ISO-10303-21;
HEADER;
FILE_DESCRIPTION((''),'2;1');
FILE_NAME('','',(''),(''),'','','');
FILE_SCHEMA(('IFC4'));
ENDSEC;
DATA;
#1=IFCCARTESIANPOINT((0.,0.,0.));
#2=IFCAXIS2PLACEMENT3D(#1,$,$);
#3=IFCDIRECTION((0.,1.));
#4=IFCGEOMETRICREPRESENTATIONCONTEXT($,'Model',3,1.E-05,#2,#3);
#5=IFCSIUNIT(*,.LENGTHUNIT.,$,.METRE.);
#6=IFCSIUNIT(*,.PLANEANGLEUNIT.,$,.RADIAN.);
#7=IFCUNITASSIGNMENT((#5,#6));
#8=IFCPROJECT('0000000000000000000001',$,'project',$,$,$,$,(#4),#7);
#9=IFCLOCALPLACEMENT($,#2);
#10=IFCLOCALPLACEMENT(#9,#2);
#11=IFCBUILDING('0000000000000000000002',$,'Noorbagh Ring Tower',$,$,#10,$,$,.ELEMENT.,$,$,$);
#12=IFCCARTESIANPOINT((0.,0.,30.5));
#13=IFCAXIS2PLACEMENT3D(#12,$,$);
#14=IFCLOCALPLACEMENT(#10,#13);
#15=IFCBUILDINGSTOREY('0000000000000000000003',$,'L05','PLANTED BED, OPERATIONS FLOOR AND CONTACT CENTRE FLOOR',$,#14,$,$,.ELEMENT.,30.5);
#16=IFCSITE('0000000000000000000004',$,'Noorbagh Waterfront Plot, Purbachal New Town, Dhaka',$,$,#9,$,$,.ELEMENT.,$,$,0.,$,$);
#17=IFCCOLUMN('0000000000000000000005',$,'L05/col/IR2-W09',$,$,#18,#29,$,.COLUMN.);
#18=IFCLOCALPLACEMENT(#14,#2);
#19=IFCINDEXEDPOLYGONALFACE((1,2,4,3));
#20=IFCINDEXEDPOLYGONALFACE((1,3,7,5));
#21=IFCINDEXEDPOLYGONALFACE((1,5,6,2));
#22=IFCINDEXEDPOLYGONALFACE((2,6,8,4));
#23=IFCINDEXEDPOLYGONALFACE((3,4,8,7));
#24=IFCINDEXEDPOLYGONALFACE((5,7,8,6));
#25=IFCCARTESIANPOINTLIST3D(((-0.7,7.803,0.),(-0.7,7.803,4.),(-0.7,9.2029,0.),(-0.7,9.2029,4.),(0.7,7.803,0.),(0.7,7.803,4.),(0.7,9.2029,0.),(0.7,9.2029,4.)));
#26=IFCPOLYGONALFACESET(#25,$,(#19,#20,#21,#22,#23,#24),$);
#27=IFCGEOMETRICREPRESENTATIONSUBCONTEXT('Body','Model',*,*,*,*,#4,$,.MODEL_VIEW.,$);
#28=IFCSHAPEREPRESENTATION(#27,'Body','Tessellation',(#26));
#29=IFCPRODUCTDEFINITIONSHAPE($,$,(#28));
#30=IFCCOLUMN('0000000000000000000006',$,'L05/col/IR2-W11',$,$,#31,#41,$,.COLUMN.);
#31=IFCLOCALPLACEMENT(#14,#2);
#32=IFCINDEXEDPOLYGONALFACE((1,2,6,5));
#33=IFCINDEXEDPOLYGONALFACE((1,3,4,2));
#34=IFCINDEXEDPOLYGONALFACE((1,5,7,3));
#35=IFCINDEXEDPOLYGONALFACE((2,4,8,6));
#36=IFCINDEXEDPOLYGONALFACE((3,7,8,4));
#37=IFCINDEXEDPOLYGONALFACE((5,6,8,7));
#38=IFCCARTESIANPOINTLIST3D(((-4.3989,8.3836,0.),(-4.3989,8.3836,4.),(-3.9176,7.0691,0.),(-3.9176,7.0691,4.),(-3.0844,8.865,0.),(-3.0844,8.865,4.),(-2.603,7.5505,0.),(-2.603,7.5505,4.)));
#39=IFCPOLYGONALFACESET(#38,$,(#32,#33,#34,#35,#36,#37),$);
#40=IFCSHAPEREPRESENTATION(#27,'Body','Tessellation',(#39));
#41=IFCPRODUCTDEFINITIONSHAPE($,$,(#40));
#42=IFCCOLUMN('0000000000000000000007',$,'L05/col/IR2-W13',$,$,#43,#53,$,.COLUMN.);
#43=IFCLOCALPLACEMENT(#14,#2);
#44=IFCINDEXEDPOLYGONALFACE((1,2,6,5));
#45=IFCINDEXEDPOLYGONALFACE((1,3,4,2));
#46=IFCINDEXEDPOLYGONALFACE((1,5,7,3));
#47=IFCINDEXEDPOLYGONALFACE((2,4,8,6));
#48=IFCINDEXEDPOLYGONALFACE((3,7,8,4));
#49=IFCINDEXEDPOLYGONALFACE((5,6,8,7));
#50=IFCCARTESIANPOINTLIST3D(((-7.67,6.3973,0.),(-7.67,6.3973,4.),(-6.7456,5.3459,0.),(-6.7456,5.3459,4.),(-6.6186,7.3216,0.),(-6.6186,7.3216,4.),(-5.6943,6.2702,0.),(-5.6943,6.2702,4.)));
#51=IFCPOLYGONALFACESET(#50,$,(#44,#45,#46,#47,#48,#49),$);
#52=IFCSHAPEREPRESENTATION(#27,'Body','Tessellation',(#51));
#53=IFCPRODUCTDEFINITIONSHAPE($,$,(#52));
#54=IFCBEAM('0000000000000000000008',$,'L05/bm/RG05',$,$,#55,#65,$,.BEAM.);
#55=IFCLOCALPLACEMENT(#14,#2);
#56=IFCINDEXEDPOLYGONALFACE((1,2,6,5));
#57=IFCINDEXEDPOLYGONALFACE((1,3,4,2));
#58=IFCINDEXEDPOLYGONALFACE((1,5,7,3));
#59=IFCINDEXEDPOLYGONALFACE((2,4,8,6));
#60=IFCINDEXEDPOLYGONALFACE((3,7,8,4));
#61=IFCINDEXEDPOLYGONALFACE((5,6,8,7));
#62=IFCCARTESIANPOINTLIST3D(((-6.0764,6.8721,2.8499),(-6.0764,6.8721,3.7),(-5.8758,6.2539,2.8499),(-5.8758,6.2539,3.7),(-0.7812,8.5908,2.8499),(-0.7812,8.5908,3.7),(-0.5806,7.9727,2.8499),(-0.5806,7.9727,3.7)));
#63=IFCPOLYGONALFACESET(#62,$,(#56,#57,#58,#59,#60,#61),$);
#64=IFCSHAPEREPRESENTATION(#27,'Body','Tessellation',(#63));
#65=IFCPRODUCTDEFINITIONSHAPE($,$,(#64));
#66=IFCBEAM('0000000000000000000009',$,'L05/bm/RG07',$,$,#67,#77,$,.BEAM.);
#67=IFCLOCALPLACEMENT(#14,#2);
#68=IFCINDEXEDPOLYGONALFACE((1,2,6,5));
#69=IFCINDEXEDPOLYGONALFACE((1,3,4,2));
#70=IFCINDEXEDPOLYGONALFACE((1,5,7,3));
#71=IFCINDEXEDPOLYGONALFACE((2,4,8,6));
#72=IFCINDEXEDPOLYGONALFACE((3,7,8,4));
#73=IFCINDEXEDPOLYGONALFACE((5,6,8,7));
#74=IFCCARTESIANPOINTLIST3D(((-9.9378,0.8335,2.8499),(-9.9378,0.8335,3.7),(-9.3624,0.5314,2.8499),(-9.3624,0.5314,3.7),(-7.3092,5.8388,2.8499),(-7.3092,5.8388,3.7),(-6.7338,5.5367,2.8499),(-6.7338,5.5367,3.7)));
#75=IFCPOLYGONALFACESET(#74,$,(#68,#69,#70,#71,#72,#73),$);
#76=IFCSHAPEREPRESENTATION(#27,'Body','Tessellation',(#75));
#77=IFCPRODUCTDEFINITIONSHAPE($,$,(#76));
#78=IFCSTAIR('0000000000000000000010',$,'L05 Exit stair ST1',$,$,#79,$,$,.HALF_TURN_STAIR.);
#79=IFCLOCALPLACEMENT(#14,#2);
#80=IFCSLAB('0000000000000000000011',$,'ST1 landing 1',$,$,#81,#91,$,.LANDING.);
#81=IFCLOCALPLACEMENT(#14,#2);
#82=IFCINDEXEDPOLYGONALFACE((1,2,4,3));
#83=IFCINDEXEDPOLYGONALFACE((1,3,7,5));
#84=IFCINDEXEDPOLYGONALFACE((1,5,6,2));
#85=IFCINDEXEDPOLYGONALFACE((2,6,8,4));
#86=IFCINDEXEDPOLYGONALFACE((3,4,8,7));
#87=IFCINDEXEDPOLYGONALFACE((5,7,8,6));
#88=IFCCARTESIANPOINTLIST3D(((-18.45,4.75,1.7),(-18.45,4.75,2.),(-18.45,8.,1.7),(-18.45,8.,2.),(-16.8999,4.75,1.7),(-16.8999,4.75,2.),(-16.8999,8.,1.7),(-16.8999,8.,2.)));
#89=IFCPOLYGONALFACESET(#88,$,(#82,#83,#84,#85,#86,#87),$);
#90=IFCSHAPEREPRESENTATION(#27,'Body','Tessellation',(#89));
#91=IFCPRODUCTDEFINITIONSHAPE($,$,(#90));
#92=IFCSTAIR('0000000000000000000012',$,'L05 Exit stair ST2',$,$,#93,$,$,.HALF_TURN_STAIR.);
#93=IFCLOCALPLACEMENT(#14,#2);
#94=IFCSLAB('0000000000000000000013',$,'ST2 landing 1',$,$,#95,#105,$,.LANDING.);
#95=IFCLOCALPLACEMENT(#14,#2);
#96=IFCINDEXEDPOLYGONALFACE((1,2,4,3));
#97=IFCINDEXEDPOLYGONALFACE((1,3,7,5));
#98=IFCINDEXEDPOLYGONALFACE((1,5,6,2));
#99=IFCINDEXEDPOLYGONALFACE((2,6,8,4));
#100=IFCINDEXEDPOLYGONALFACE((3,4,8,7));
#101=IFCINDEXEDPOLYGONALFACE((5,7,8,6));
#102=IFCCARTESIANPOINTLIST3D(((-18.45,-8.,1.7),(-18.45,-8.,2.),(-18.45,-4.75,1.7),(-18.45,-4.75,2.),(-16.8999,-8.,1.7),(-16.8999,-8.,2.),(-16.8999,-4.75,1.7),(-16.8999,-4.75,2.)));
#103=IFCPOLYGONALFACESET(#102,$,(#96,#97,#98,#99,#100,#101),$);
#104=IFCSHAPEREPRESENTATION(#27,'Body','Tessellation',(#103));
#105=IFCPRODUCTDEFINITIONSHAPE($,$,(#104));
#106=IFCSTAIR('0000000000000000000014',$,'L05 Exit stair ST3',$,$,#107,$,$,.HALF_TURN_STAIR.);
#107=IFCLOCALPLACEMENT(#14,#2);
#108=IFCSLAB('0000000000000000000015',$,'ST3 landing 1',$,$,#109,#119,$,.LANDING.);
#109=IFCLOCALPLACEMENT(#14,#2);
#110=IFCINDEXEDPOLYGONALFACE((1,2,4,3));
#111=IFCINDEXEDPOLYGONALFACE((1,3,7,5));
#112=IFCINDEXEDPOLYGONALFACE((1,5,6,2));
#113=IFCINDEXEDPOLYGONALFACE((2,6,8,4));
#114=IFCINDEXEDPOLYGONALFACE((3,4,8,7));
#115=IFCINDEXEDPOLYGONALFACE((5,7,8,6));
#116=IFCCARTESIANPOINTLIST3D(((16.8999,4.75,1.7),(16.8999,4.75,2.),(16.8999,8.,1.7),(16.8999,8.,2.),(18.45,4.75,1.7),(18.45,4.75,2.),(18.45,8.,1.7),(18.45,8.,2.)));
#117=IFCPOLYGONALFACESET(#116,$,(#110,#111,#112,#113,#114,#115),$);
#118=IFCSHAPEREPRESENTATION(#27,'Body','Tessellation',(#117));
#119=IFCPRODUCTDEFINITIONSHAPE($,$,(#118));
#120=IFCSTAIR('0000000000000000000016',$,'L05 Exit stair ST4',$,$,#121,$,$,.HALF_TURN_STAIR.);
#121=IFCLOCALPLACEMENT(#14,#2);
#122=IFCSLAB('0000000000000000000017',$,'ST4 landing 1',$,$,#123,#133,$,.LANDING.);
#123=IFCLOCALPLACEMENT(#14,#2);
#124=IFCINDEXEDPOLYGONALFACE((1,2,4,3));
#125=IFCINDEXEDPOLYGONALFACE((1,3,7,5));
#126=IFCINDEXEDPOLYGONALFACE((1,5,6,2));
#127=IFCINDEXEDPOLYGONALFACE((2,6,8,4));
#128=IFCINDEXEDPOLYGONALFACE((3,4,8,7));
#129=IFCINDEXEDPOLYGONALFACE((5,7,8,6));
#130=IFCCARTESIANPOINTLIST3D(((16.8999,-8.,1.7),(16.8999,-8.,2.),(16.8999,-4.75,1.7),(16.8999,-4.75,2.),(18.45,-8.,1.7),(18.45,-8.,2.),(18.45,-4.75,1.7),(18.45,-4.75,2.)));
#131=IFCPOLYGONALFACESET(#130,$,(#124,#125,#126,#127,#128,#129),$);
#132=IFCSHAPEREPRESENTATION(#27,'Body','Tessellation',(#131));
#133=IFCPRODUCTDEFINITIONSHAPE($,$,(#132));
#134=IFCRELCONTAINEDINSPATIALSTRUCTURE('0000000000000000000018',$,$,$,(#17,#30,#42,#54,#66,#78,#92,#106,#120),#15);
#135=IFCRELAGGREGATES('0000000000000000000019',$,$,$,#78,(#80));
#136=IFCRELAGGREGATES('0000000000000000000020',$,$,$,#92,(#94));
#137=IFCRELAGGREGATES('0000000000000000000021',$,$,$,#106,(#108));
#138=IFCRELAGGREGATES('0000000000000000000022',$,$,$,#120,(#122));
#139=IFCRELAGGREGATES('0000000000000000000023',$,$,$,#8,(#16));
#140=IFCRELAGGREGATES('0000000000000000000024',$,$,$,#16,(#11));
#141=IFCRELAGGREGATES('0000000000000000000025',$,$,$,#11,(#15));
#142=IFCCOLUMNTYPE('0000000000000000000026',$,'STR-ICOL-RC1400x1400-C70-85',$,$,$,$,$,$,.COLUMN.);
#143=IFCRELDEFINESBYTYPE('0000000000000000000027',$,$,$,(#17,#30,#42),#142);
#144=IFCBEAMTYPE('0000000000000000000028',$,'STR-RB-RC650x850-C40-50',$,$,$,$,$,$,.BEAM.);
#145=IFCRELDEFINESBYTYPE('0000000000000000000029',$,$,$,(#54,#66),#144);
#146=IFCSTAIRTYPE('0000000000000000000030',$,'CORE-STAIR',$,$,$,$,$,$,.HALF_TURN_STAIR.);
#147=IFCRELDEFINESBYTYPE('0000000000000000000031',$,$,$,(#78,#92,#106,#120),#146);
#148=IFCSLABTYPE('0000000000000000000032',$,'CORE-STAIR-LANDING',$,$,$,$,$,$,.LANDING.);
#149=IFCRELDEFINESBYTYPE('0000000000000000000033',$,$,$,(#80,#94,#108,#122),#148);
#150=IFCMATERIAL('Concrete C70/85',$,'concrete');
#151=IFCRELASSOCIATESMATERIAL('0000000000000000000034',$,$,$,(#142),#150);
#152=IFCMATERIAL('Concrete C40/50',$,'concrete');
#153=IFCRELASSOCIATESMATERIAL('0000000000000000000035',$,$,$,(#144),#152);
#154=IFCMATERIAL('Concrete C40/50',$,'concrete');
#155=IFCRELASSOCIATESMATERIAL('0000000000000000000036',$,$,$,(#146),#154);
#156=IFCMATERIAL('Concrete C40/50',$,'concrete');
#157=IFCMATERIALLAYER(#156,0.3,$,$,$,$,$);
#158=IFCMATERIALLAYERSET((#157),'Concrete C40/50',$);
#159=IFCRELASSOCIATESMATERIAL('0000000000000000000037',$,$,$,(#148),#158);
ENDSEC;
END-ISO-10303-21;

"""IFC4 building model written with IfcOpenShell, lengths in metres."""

from ifc_helpers import new_model, si_unit, direction, frame, origin, origin_2d, place, context, subcontext, project, spatial, polyline, rectangle, outline, extrude, material, layer, layer_set, material_profile, profile_set, type_object, element, aggregate, save


model = new_model("IFC4")

# Units and contexts
model_context = context("Model", 3, precision=1e-05, world=origin(), true_north=direction((0.0, 1.0)))
body_context = subcontext(model_context, "Body", "Model", "MODEL_VIEW")
ifc_project = project(units=[si_unit("LENGTHUNIT", "METRE"), si_unit("PLANEANGLEUNIT", "RADIAN")], contexts=[model_context])

# Site, building, storey
site_placement = place(None, origin())
site = spatial("IfcSite", under=ifc_project, at=site_placement, Name="Noorbagh Waterfront Plot, Purbachal New Town, Dhaka", CompositionType="ELEMENT", RefElevation=0.0)
building_placement = place(site_placement, origin())
building = spatial("IfcBuilding", under=site, at=building_placement, Name="Noorbagh Ring Tower", CompositionType="ELEMENT")
storey_placement = place(building_placement, frame((0.0, 0.0, 30.5)))
storey = spatial("IfcBuildingStorey", under=building, at=storey_placement, Name="L05", Description="PLANTED BED, OPERATIONS FLOOR AND CONTACT CENTRE FLOOR", CompositionType="ELEMENT", Elevation=30.5)

# Columns
ifc_material_1 = material(Name="Concrete C70/85", Category="concrete")
ifc_material_profile_1 = material_profile(ifc_material_1, rectangle(XDim=1.3999, YDim=1.3999, at=origin_2d()), Name="RC1400x1400")
ifc_profile_set_1 = profile_set([ifc_material_profile_1], Name="Concrete C70/85")
column_type = type_object("IfcColumnType", Name="STR-ICOL-RC1400x1400-C70-85", PredefinedType="COLUMN", material=ifc_profile_set_1)
for number, where, z_axis, x_axis, name in (
    (1, (0.0, 8.5029, 0.0), (0.0, 0.0, 1.0), (-1.0, 0.0, 0.0), "L05/col/IR2-W09"),
    (2, (-3.501, 7.967, 0.0), (0.0, 0.0, 1.0), (-0.93902, -0.343864, 0.0), "L05/col/IR2-W11"),
    (3, (-6.6821, 6.3337, 0.0), (0.0, 0.0, 1.0), (-0.751022, -0.660277, 0.0), "L05/col/IR2-W13"),
):
    element("IfcColumn", number, at=place(storey_placement, frame(where, z_axis=z_axis, x_axis=x_axis)), inside=storey, type_object=column_type, Name=name, PredefinedType="COLUMN", context=body_context, shape_type="SweptSolid", body=[
        extrude(rectangle(XDim=1.3999, YDim=1.3999, at=origin_2d()), origin(), (0.0, 0.0, 1.0), 4.0),
    ])

# Beams
ifc_material_2 = material(Name="Concrete C40/50", Category="concrete")
ifc_material_profile_2 = material_profile(ifc_material_2, rectangle(XDim=0.6499, YDim=0.8501, at=origin_2d()), Name="RC650x850")
ifc_profile_set_2 = profile_set([ifc_material_profile_2], Name="Concrete C40/50")
beam_type = type_object("IfcBeamType", Name="STR-RB-RC650x850-C40-50", PredefinedType="BEAM", material=ifc_profile_set_2)
beam_1_placement = place(storey_placement, frame((-0.6809, 8.2817, 3.2749), z_axis=(-0.951149, -0.308732, 0.0), x_axis=(0.308732, -0.951149, 0.0)))
element("IfcBeam", 4, at=beam_1_placement, inside=storey, type_object=beam_type, Name="L05/bm/RG05", PredefinedType="BEAM", context=body_context, shape_type="SweptSolid", body=[
    extrude(rectangle(XDim=0.6499, YDim=0.8501, at=origin_2d()), origin(), (0.0, 0.0, 1.0), 5.5671),
])
beam_2_placement = place(storey_placement, frame((-7.0215, 5.6877, 3.2749), z_axis=(-0.464951, -0.885337, 0.0), x_axis=(0.885337, -0.464951, 0.0)))
element("IfcBeam", 5, at=beam_2_placement, inside=storey, type_object=beam_type, Name="L05/bm/RG07", PredefinedType="BEAM", context=body_context, shape_type="SweptSolid", body=[
    extrude(rectangle(XDim=0.6499, YDim=0.8501, at=origin_2d()), origin(), (0.0, 0.0, 1.0), 5.6536),
])

# Stairs, slabs
ifc_material_3 = material(Name="Concrete C40/50", Category="concrete")
stair_type = type_object("IfcStairType", Name="CORE-STAIR", PredefinedType="HALF_TURN_STAIR", material=ifc_material_3)
stair_1_placement = place(storey_placement, origin())
stair_1 = element("IfcStair", 6, at=stair_1_placement, inside=storey, type_object=stair_type, Name="L05 Exit stair ST1", PredefinedType="HALF_TURN_STAIR")
ifc_material_4 = material(Name="Concrete C40/50", Category="concrete")
ifc_layer_1 = layer(ifc_material_4, 0.3)
ifc_layer_set_1 = layer_set([ifc_layer_1], Name="Concrete C40/50")
slab_type_1 = type_object("IfcSlabType", Name="CORE-STAIR-LANDING", PredefinedType="LANDING", material=ifc_layer_set_1)
slab_1_placement = place(storey_placement, frame((0.0, 0.0, 1.7)))
slab_1 = element("IfcSlab", 7, at=slab_1_placement, type_object=slab_type_1, Name="ST1 landing 1", PredefinedType="LANDING", context=body_context, shape_type="SweptSolid", body=[
    extrude(outline(polyline([(-18.45, 4.75), (-16.8999, 4.75), (-16.8999, 8.0), (-18.45, 8.0), (-18.45, 4.75)])), origin(), (0.0, 0.0, 1.0), 0.3),
])
aggregate(stair_1, [slab_1])
stair_2_placement = place(storey_placement, origin())
stair_2 = element("IfcStair", 8, at=stair_2_placement, inside=storey, type_object=stair_type, Name="L05 Exit stair ST2", PredefinedType="HALF_TURN_STAIR")
slab_2_placement = place(storey_placement, frame((0.0, 0.0, 1.7)))
slab_2 = element("IfcSlab", 9, at=slab_2_placement, type_object=slab_type_1, Name="ST2 landing 1", PredefinedType="LANDING", context=body_context, shape_type="SweptSolid", body=[
    extrude(outline(polyline([(-18.45, -8.0), (-16.8999, -8.0), (-16.8999, -4.75), (-18.45, -4.75), (-18.45, -8.0)])), origin(), (0.0, 0.0, 1.0), 0.3),
])
aggregate(stair_2, [slab_2])
stair_3_placement = place(storey_placement, origin())
stair_3 = element("IfcStair", 10, at=stair_3_placement, inside=storey, type_object=stair_type, Name="L05 Exit stair ST3", PredefinedType="HALF_TURN_STAIR")
slab_3_placement = place(storey_placement, frame((0.0, 0.0, 1.7)))
slab_3 = element("IfcSlab", 11, at=slab_3_placement, type_object=slab_type_1, Name="ST3 landing 1", PredefinedType="LANDING", context=body_context, shape_type="SweptSolid", body=[
    extrude(outline(polyline([(18.45, 8.0), (16.8999, 8.0), (16.8999, 4.75), (18.45, 4.75), (18.45, 8.0)])), origin(), (0.0, 0.0, 1.0), 0.3),
])
aggregate(stair_3, [slab_3])
stair_4_placement = place(storey_placement, origin())
stair_4 = element("IfcStair", 12, at=stair_4_placement, inside=storey, type_object=stair_type, Name="L05 Exit stair ST4", PredefinedType="HALF_TURN_STAIR")
slab_4_placement = place(storey_placement, frame((0.0, 0.0, 1.7)))
slab_4 = element("IfcSlab", 13, at=slab_4_placement, type_object=slab_type_1, Name="ST4 landing 1", PredefinedType="LANDING", context=body_context, shape_type="SweptSolid", body=[
    extrude(outline(polyline([(18.45, -4.75), (16.8999, -4.75), (16.8999, -8.0), (18.45, -8.0), (18.45, -4.75)])), origin(), (0.0, 0.0, 1.0), 0.3),
])
aggregate(stair_4, [slab_4])

save(model, "model.ifc")
